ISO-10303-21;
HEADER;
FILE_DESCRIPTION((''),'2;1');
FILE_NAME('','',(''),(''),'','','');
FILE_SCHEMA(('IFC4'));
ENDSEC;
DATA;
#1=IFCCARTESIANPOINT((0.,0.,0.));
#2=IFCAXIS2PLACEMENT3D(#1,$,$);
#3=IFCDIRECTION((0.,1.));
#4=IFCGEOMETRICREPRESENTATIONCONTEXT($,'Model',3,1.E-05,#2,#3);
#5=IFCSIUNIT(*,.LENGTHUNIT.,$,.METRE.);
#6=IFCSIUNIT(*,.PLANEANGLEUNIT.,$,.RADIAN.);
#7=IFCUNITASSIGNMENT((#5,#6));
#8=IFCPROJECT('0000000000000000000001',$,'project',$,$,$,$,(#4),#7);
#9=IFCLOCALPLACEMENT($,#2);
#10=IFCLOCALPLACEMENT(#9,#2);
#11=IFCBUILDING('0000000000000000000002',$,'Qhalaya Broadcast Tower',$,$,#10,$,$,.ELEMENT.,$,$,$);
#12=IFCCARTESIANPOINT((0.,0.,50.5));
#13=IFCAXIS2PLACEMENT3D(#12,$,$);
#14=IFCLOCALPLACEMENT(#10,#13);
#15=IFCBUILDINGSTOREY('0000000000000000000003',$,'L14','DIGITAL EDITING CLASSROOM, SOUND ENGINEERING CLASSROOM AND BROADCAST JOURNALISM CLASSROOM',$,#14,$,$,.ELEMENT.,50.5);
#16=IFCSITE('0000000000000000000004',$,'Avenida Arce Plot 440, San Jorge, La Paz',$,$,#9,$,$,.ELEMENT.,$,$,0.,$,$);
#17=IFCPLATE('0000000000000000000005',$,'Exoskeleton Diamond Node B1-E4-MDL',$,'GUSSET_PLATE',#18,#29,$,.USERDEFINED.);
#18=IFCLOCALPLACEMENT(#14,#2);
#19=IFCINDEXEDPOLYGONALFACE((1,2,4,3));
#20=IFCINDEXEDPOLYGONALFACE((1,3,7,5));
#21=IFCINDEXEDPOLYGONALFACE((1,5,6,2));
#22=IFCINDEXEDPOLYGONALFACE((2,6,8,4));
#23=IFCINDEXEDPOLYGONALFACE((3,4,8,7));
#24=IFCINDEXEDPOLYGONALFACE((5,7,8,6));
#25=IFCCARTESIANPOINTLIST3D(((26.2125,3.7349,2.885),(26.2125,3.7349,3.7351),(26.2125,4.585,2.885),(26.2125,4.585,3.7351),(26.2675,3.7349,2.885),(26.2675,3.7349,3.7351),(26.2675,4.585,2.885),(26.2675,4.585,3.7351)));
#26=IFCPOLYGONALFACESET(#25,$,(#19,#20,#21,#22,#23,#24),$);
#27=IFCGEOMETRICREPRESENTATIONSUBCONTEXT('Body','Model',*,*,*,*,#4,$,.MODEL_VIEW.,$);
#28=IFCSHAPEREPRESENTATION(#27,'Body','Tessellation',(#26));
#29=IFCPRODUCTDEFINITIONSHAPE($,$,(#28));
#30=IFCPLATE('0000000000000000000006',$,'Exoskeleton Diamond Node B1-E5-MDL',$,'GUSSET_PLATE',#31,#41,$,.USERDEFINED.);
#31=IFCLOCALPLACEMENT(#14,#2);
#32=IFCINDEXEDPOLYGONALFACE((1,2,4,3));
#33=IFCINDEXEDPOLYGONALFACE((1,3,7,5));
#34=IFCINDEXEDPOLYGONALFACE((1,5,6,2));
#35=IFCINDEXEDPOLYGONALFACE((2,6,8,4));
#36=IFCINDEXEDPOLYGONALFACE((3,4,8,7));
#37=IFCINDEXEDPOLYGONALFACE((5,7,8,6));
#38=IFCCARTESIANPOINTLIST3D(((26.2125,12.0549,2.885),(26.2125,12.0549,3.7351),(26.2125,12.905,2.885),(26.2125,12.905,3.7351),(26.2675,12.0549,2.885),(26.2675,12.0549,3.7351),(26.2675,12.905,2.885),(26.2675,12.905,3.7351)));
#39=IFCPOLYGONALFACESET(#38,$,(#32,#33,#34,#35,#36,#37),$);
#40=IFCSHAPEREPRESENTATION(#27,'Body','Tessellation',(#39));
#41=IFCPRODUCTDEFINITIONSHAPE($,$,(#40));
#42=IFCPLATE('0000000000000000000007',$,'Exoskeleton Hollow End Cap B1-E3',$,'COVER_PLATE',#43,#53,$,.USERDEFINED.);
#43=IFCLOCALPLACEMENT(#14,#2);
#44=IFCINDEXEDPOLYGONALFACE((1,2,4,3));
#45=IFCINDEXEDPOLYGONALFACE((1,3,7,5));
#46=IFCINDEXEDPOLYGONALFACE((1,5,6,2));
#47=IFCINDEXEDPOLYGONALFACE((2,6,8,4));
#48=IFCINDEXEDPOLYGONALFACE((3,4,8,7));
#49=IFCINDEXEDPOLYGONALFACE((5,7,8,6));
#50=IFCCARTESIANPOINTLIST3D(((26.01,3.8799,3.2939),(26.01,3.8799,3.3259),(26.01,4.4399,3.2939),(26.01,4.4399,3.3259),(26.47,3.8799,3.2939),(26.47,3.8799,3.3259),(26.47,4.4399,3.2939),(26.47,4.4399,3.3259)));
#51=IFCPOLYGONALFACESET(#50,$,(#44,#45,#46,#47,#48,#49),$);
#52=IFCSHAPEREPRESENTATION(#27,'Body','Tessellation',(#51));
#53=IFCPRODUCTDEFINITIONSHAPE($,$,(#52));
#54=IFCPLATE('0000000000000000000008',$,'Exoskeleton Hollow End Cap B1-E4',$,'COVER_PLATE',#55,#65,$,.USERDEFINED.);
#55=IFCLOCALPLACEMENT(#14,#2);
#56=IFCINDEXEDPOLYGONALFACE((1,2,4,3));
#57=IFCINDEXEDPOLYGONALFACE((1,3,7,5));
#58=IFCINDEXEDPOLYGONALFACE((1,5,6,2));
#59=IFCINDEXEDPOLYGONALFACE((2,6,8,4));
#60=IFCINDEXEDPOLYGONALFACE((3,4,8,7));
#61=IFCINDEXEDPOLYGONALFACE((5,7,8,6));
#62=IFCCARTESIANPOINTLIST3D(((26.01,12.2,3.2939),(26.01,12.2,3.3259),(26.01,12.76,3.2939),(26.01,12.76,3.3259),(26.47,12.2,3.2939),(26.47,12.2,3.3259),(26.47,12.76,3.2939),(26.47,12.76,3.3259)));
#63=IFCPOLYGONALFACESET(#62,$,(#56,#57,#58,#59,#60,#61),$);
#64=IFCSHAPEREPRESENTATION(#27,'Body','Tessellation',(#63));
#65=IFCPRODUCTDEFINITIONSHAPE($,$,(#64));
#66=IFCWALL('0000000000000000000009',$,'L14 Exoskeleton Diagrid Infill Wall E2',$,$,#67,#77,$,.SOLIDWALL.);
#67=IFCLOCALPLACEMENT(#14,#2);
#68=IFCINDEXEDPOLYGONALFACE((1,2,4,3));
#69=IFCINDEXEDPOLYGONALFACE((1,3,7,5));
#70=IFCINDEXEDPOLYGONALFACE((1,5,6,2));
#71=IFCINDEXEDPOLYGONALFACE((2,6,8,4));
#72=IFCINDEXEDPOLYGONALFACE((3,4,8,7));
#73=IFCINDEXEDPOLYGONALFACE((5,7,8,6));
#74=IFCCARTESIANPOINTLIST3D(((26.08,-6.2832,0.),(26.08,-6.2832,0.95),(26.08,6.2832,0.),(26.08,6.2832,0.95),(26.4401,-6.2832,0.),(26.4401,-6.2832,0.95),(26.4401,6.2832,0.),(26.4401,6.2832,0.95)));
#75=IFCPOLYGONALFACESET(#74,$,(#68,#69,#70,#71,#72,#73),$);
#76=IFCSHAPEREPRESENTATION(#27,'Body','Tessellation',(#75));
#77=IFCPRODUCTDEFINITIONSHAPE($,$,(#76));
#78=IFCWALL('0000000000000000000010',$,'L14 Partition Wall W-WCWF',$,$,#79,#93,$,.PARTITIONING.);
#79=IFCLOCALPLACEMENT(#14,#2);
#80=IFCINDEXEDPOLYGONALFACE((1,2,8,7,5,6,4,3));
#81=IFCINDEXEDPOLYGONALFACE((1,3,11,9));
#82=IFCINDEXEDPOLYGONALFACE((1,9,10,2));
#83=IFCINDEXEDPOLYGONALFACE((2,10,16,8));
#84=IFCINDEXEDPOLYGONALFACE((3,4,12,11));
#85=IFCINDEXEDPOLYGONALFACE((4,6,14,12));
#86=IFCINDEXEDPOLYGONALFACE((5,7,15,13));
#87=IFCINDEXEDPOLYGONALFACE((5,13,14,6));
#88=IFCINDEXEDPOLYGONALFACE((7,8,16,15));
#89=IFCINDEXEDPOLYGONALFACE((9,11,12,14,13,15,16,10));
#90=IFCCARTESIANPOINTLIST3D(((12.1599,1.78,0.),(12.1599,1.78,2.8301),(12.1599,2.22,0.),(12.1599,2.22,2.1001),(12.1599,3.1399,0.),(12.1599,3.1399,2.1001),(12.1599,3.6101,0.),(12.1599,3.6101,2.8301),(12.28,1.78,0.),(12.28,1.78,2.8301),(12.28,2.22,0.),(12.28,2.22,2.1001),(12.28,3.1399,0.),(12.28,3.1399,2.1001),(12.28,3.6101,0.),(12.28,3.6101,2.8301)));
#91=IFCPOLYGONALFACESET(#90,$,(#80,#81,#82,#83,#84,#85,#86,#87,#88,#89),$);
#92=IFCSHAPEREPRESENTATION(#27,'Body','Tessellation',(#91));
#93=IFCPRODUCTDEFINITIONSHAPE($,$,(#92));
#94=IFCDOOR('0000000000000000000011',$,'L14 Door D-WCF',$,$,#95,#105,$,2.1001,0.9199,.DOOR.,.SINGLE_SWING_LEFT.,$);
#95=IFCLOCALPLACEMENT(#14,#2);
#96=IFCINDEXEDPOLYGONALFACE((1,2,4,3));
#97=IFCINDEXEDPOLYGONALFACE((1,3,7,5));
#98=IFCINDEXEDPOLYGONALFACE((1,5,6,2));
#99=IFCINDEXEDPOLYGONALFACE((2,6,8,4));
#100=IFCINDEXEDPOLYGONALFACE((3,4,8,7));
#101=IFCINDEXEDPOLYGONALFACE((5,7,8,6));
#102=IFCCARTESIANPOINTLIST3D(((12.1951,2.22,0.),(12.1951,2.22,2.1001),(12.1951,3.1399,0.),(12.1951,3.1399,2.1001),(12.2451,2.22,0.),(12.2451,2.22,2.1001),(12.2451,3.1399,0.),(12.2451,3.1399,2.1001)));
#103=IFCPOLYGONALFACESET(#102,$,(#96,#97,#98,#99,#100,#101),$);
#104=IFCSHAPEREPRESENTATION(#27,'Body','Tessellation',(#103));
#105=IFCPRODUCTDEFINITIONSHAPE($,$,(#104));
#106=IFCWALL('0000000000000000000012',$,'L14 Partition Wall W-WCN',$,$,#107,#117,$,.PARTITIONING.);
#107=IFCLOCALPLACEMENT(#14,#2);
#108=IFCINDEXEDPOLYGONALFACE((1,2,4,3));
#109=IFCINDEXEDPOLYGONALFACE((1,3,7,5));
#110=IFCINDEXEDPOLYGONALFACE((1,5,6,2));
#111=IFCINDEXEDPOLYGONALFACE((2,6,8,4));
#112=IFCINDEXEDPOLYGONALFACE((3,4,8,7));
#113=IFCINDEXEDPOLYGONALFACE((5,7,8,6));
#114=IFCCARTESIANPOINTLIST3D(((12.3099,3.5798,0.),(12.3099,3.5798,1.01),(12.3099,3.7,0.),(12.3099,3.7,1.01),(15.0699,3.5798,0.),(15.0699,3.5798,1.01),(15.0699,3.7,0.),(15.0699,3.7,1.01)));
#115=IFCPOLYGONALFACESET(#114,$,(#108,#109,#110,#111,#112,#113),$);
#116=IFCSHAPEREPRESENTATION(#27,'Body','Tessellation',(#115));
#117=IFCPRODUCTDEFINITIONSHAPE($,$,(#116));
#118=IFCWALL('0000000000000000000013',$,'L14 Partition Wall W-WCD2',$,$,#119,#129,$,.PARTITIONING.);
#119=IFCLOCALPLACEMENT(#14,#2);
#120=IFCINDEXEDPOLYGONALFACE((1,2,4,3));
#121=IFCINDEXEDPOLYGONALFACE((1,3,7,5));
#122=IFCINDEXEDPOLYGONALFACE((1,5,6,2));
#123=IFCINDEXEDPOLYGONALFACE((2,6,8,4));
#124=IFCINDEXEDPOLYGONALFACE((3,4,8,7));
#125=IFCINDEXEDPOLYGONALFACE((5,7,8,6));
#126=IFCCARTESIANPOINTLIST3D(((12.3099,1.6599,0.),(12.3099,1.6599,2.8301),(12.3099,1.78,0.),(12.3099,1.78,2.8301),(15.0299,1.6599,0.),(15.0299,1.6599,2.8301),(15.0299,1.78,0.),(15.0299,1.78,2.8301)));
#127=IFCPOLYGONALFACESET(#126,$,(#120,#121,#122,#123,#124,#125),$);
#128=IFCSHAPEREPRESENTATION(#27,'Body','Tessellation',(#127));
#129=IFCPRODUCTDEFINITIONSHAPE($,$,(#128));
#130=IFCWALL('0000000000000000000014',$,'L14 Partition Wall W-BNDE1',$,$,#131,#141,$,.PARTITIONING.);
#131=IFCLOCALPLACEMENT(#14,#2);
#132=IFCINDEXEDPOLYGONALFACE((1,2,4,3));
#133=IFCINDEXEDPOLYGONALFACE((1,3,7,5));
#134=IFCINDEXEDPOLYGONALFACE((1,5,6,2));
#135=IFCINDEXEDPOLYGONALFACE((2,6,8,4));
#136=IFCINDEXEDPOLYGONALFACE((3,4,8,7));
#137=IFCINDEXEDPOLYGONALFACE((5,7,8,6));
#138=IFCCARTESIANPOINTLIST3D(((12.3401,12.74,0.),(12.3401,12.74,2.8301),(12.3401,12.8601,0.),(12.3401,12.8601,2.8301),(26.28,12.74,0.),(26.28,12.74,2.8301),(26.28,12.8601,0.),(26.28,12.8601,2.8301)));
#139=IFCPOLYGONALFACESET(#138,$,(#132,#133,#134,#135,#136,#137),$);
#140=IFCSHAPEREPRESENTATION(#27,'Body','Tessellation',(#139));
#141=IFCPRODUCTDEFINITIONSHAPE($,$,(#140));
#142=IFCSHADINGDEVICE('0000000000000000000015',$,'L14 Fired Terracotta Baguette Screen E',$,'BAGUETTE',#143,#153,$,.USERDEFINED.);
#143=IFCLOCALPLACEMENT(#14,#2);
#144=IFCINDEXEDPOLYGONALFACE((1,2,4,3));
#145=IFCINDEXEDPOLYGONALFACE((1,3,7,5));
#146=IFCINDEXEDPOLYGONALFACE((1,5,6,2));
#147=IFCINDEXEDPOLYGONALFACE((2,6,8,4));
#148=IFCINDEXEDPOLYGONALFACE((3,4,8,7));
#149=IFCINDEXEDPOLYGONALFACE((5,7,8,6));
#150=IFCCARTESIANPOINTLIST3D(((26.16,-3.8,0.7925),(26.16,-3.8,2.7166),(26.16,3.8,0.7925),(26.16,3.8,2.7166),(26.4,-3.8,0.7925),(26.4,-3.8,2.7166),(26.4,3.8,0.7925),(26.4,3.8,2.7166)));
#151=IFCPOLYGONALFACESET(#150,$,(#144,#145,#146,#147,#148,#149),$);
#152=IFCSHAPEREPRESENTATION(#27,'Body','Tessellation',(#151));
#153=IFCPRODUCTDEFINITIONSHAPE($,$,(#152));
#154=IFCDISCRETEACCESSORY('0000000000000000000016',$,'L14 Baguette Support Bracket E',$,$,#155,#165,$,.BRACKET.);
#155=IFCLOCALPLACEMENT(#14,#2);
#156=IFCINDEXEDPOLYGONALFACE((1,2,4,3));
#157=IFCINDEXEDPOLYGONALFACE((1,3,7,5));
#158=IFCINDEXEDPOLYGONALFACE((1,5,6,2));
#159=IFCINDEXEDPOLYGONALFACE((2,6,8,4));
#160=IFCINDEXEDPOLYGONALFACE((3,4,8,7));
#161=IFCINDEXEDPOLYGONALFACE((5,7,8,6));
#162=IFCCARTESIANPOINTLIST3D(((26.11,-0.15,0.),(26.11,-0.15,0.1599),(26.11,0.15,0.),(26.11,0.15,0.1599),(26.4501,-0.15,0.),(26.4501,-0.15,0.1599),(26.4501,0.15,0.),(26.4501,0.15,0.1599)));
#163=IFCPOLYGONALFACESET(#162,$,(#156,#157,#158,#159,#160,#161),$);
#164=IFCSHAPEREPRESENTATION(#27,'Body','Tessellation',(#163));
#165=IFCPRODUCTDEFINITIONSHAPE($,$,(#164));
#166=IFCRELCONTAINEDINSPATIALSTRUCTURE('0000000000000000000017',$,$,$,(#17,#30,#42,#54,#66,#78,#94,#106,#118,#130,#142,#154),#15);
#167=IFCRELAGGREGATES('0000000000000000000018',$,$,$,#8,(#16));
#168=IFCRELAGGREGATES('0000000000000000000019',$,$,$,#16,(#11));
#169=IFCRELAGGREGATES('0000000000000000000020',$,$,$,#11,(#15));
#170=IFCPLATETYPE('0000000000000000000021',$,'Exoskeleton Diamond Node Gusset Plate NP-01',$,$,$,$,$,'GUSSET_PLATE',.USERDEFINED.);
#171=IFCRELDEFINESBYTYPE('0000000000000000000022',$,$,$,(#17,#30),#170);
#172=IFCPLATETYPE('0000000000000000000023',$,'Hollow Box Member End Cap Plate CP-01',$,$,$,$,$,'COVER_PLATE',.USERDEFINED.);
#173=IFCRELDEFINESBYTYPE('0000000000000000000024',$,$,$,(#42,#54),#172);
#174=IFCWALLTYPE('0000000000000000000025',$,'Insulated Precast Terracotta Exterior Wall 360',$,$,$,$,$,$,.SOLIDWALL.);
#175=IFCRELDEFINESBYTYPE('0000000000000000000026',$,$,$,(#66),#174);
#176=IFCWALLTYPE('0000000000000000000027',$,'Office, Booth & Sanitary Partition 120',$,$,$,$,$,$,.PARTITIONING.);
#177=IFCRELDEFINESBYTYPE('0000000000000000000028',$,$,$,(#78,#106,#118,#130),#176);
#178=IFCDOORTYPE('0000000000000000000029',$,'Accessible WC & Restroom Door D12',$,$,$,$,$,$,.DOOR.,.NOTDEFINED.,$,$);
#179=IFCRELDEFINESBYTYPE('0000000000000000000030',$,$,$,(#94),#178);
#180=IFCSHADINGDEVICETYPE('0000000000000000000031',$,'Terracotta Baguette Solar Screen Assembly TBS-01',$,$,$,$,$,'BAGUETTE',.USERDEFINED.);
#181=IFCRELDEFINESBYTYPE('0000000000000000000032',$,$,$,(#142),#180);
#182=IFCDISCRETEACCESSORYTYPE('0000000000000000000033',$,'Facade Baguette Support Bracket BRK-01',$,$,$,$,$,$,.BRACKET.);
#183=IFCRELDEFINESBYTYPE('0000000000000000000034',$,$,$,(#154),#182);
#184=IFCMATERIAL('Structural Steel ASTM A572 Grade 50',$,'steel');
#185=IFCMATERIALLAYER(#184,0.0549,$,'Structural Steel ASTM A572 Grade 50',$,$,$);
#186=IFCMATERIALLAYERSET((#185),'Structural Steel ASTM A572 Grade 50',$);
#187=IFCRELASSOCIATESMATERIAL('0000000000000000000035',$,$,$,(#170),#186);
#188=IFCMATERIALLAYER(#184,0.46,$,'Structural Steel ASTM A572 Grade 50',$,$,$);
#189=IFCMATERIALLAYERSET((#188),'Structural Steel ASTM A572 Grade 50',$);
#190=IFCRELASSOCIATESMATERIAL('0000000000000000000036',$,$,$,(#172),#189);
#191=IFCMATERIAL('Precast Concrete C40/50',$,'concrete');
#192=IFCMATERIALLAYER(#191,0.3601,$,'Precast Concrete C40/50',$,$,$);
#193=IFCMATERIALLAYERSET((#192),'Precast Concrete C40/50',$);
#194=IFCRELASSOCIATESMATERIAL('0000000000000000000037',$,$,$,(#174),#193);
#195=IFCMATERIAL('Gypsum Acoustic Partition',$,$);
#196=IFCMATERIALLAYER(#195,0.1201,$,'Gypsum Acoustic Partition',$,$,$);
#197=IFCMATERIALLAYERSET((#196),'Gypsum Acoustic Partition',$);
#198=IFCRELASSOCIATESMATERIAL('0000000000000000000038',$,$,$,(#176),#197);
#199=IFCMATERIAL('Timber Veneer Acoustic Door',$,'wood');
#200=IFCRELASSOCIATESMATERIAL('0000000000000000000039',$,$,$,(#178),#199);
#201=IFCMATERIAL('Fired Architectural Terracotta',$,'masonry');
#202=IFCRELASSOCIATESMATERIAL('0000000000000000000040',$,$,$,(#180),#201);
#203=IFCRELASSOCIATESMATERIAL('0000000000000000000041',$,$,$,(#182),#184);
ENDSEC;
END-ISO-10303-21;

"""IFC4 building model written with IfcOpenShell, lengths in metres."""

from ifc_helpers import new_model, si_unit, direction, frame, frame_2d, origin, origin_2d, place, context, subcontext, project, spatial, rectangle, extrude, material, layer, layer_set, type_object, element, fill, save


model = new_model("IFC4")

# Units and contexts
model_context = context("Model", 3, precision=1e-05, world=origin(), true_north=direction((0.0, 1.0)))
body_context = subcontext(model_context, "Body", "Model", "MODEL_VIEW")
ifc_project = project(units=[si_unit("LENGTHUNIT", "METRE"), si_unit("PLANEANGLEUNIT", "RADIAN")], contexts=[model_context])

# Site, building, storey
site_placement = place(None, origin())
site = spatial("IfcSite", under=ifc_project, at=site_placement, Name="Avenida Arce Plot 440, San Jorge, La Paz", CompositionType="ELEMENT", RefElevation=0.0)
building_placement = place(site_placement, origin())
building = spatial("IfcBuilding", under=site, at=building_placement, Name="Qhalaya Broadcast Tower", CompositionType="ELEMENT")
storey_placement = place(building_placement, frame((0.0, 0.0, 50.5)))
storey = spatial("IfcBuildingStorey", under=building, at=storey_placement, Name="L14", Description="DIGITAL EDITING CLASSROOM, SOUND ENGINEERING CLASSROOM AND BROADCAST JOURNALISM CLASSROOM", CompositionType="ELEMENT", Elevation=50.5)

# Shared definitions
ifc_material_1 = material(Name="Structural Steel ASTM A572 Grade 50", Category="steel")

# Plates
ifc_layer_1 = layer(ifc_material_1, 0.0549, Name="Structural Steel ASTM A572 Grade 50")
ifc_layer_set_1 = layer_set([ifc_layer_1], Name="Structural Steel ASTM A572 Grade 50")
plate_type_1 = type_object("IfcPlateType", Name="Exoskeleton Diamond Node Gusset Plate NP-01", ElementType="GUSSET_PLATE", PredefinedType="USERDEFINED", material=ifc_layer_set_1)
for number, where, z_axis, x_axis, name in (
    (1, (26.24, 4.1599, 2.885), (0.0, 0.0, 1.0), (0.0, 1.0, 0.0), "Exoskeleton Diamond Node B1-E4-MDL"),
    (2, (26.24, 12.48, 2.885), (0.0, 0.0, 1.0), (0.0, 1.0, 0.0), "Exoskeleton Diamond Node B1-E5-MDL"),
):
    element("IfcPlate", number, at=place(storey_placement, frame(where, z_axis=z_axis, x_axis=x_axis)), inside=storey, type_object=plate_type_1, Name=name, ObjectType="GUSSET_PLATE", PredefinedType="USERDEFINED", context=body_context, shape_type="SweptSolid", body=[
        extrude(rectangle(XDim=0.8501, YDim=0.0549, at=origin_2d()), origin(), (0.0, 0.0, 1.0), 0.8501),
    ])
ifc_layer_2 = layer(ifc_material_1, 0.46, Name="Structural Steel ASTM A572 Grade 50")
ifc_layer_set_2 = layer_set([ifc_layer_2], Name="Structural Steel ASTM A572 Grade 50")
plate_type_2 = type_object("IfcPlateType", Name="Hollow Box Member End Cap Plate CP-01", ElementType="COVER_PLATE", PredefinedType="USERDEFINED", material=ifc_layer_set_2)
for number, where, z_axis, x_axis, name in (
    (3, (26.24, 4.1599, 3.2939), (0.0, 0.0, 1.0), (0.0, 1.0, 0.0), "Exoskeleton Hollow End Cap B1-E3"),
    (4, (26.24, 12.48, 3.2939), (0.0, 0.0, 1.0), (0.0, 1.0, 0.0), "Exoskeleton Hollow End Cap B1-E4"),
):
    element("IfcPlate", number, at=place(storey_placement, frame(where, z_axis=z_axis, x_axis=x_axis)), inside=storey, type_object=plate_type_2, Name=name, ObjectType="COVER_PLATE", PredefinedType="USERDEFINED", context=body_context, shape_type="SweptSolid", body=[
        extrude(rectangle(XDim=0.5601, YDim=0.46, at=origin_2d()), origin(), (0.0, 0.0, 1.0), 0.032),
    ])

# Wall
ifc_material_2 = material(Name="Precast Concrete C40/50", Category="concrete")
ifc_layer_3 = layer(ifc_material_2, 0.3601, Name="Precast Concrete C40/50")
ifc_layer_set_3 = layer_set([ifc_layer_3], Name="Precast Concrete C40/50")
wall_type_1 = type_object("IfcWallType", Name="Insulated Precast Terracotta Exterior Wall 360", PredefinedType="SOLIDWALL", material=ifc_layer_set_3)
wall_1_placement = place(storey_placement, frame((26.26, 6.2832, 0.0), z_axis=(0.0, 0.0, 1.0), x_axis=(0.0, -1.0, 0.0)))
element("IfcWall", 5, at=wall_1_placement, inside=storey, type_object=wall_type_1, Name="L14 Exoskeleton Diagrid Infill Wall E2", PredefinedType="SOLIDWALL", context=body_context, shape_type="SweptSolid", body=[
    extrude(rectangle(XDim=12.5664, YDim=0.3601, at=frame_2d((6.2832, 0.0))), origin(), (0.0, 0.0, 1.0), 0.95),
])

# Wall, opening, door
ifc_material_3 = material(Name="Gypsum Acoustic Partition")
ifc_layer_4 = layer(ifc_material_3, 0.1201, Name="Gypsum Acoustic Partition")
ifc_layer_set_4 = layer_set([ifc_layer_4], Name="Gypsum Acoustic Partition")
wall_type_2 = type_object("IfcWallType", Name="Office, Booth & Sanitary Partition 120", PredefinedType="PARTITIONING", material=ifc_layer_set_4)
wall_2_placement = place(storey_placement, frame((12.22, 1.78, 0.0), z_axis=(0.0, 0.0, 1.0), x_axis=(0.0, 1.0, 0.0)))
wall_2 = element("IfcWall", 6, at=wall_2_placement, inside=storey, type_object=wall_type_2, Name="L14 Partition Wall W-WCWF", PredefinedType="PARTITIONING", context=body_context, shape_type="SweptSolid", body=[
    extrude(rectangle(XDim=1.8301, YDim=0.1201, at=frame_2d((0.915, 0.0))), origin(), (0.0, 0.0, 1.0), 2.8301),
])
opening_placement = place(wall_2_placement, frame((0.4399, 0.0, 0.0)))
opening = element("IfcOpeningElement", 7, at=opening_placement, cuts=wall_2, PredefinedType="OPENING", context=body_context, shape_type="SweptSolid", body=[
    extrude(rectangle(XDim=0.9199, YDim=2.1001, at=frame_2d((0.46, 1.05))), frame((0.0, 0.072, 0.0), z_axis=(0.0, -1.0, 0.0), x_axis=(1.0, 0.0, 0.0)), (0.0, 0.0, 1.0), 0.144),
])
ifc_material_4 = material(Name="Timber Veneer Acoustic Door", Category="wood")
door_type = type_object("IfcDoorType", Name="Accessible WC & Restroom Door D12", OperationType="NOTDEFINED", PredefinedType="DOOR", material=ifc_material_4)
door_placement = place(opening_placement, origin())
door = element("IfcDoor", 8, at=door_placement, inside=storey, type_object=door_type, Name="L14 Door D-WCF", OperationType="SINGLE_SWING_LEFT", OverallHeight=2.1001, OverallWidth=0.9199, PredefinedType="DOOR", context=body_context, shape_type="SweptSolid", body=[
    extrude(rectangle(XDim=0.9199, YDim=2.1001, at=frame_2d((0.46, 1.05))), frame((0.0, 0.0249, 0.0), z_axis=(0.0, -1.0, 0.0), x_axis=(1.0, 0.0, 0.0)), (0.0, 0.0, 1.0), 0.05),
])
fill(opening, door)

# Walls
wall_3_placement = place(storey_placement, frame((12.3101, 3.6399, 0.0), z_axis=(0.0, 0.0, 1.0), x_axis=(1.0, 0.0, 0.0)))
element("IfcWall", 9, at=wall_3_placement, inside=storey, type_object=wall_type_2, Name="L14 Partition Wall W-WCN", PredefinedType="PARTITIONING", context=body_context, shape_type="SweptSolid", body=[
    extrude(rectangle(XDim=2.76, YDim=0.1201, at=frame_2d((1.3799, 0.0))), origin(), (0.0, 0.0, 1.0), 1.01),
])
wall_4_placement = place(storey_placement, frame((12.3101, 1.72, 0.0), z_axis=(0.0, 0.0, 1.0), x_axis=(1.0, 0.0, 0.0)))
element("IfcWall", 10, at=wall_4_placement, inside=storey, type_object=wall_type_2, Name="L14 Partition Wall W-WCD2", PredefinedType="PARTITIONING", context=body_context, shape_type="SweptSolid", body=[
    extrude(rectangle(XDim=2.72, YDim=0.1201, at=frame_2d((1.3599, 0.0))), origin(), (0.0, 0.0, 1.0), 2.8301),
])
wall_5_placement = place(storey_placement, frame((12.3401, 12.8, 0.0), z_axis=(0.0, 0.0, 1.0), x_axis=(1.0, 0.0, 0.0)))
element("IfcWall", 11, at=wall_5_placement, inside=storey, type_object=wall_type_2, Name="L14 Partition Wall W-BNDE1", PredefinedType="PARTITIONING", context=body_context, shape_type="SweptSolid", body=[
    extrude(rectangle(XDim=13.9399, YDim=0.1201, at=frame_2d((6.97, 0.0))), origin(), (0.0, 0.0, 1.0), 2.8301),
])

# Shading device
ifc_material_5 = material(Name="Fired Architectural Terracotta", Category="masonry")
shading_device_type = type_object("IfcShadingDeviceType", Name="Terracotta Baguette Solar Screen Assembly TBS-01", ElementType="BAGUETTE", PredefinedType="USERDEFINED", material=ifc_material_5)
shading_device_placement = place(storey_placement, frame((26.28, 0.0, 0.7925), z_axis=(0.0, 0.0, 1.0), x_axis=(0.0, 1.0, 0.0)))
element("IfcShadingDevice", 12, at=shading_device_placement, inside=storey, type_object=shading_device_type, Name="L14 Fired Terracotta Baguette Screen E", ObjectType="BAGUETTE", PredefinedType="USERDEFINED", context=body_context, shape_type="SweptSolid", body=[
    extrude(rectangle(XDim=7.6001, YDim=0.24, at=origin_2d()), origin(), (0.0, 0.0, 1.0), 1.9241),
])

# Discrete accessory
discrete_accessory_type = type_object("IfcDiscreteAccessoryType", Name="Facade Baguette Support Bracket BRK-01", PredefinedType="BRACKET", material=ifc_material_1)
discrete_accessory_placement = place(storey_placement, frame((26.28, 0.0, 0.0), z_axis=(0.0, 0.0, 1.0), x_axis=(0.0, 1.0, 0.0)))
element("IfcDiscreteAccessory", 13, at=discrete_accessory_placement, inside=storey, type_object=discrete_accessory_type, Name="L14 Baguette Support Bracket E", PredefinedType="BRACKET", context=body_context, shape_type="SweptSolid", body=[
    extrude(rectangle(XDim=0.3, YDim=0.3401, at=origin_2d()), origin(), (0.0, 0.0, 1.0), 0.1599),
])

save(model, "model.ifc")
